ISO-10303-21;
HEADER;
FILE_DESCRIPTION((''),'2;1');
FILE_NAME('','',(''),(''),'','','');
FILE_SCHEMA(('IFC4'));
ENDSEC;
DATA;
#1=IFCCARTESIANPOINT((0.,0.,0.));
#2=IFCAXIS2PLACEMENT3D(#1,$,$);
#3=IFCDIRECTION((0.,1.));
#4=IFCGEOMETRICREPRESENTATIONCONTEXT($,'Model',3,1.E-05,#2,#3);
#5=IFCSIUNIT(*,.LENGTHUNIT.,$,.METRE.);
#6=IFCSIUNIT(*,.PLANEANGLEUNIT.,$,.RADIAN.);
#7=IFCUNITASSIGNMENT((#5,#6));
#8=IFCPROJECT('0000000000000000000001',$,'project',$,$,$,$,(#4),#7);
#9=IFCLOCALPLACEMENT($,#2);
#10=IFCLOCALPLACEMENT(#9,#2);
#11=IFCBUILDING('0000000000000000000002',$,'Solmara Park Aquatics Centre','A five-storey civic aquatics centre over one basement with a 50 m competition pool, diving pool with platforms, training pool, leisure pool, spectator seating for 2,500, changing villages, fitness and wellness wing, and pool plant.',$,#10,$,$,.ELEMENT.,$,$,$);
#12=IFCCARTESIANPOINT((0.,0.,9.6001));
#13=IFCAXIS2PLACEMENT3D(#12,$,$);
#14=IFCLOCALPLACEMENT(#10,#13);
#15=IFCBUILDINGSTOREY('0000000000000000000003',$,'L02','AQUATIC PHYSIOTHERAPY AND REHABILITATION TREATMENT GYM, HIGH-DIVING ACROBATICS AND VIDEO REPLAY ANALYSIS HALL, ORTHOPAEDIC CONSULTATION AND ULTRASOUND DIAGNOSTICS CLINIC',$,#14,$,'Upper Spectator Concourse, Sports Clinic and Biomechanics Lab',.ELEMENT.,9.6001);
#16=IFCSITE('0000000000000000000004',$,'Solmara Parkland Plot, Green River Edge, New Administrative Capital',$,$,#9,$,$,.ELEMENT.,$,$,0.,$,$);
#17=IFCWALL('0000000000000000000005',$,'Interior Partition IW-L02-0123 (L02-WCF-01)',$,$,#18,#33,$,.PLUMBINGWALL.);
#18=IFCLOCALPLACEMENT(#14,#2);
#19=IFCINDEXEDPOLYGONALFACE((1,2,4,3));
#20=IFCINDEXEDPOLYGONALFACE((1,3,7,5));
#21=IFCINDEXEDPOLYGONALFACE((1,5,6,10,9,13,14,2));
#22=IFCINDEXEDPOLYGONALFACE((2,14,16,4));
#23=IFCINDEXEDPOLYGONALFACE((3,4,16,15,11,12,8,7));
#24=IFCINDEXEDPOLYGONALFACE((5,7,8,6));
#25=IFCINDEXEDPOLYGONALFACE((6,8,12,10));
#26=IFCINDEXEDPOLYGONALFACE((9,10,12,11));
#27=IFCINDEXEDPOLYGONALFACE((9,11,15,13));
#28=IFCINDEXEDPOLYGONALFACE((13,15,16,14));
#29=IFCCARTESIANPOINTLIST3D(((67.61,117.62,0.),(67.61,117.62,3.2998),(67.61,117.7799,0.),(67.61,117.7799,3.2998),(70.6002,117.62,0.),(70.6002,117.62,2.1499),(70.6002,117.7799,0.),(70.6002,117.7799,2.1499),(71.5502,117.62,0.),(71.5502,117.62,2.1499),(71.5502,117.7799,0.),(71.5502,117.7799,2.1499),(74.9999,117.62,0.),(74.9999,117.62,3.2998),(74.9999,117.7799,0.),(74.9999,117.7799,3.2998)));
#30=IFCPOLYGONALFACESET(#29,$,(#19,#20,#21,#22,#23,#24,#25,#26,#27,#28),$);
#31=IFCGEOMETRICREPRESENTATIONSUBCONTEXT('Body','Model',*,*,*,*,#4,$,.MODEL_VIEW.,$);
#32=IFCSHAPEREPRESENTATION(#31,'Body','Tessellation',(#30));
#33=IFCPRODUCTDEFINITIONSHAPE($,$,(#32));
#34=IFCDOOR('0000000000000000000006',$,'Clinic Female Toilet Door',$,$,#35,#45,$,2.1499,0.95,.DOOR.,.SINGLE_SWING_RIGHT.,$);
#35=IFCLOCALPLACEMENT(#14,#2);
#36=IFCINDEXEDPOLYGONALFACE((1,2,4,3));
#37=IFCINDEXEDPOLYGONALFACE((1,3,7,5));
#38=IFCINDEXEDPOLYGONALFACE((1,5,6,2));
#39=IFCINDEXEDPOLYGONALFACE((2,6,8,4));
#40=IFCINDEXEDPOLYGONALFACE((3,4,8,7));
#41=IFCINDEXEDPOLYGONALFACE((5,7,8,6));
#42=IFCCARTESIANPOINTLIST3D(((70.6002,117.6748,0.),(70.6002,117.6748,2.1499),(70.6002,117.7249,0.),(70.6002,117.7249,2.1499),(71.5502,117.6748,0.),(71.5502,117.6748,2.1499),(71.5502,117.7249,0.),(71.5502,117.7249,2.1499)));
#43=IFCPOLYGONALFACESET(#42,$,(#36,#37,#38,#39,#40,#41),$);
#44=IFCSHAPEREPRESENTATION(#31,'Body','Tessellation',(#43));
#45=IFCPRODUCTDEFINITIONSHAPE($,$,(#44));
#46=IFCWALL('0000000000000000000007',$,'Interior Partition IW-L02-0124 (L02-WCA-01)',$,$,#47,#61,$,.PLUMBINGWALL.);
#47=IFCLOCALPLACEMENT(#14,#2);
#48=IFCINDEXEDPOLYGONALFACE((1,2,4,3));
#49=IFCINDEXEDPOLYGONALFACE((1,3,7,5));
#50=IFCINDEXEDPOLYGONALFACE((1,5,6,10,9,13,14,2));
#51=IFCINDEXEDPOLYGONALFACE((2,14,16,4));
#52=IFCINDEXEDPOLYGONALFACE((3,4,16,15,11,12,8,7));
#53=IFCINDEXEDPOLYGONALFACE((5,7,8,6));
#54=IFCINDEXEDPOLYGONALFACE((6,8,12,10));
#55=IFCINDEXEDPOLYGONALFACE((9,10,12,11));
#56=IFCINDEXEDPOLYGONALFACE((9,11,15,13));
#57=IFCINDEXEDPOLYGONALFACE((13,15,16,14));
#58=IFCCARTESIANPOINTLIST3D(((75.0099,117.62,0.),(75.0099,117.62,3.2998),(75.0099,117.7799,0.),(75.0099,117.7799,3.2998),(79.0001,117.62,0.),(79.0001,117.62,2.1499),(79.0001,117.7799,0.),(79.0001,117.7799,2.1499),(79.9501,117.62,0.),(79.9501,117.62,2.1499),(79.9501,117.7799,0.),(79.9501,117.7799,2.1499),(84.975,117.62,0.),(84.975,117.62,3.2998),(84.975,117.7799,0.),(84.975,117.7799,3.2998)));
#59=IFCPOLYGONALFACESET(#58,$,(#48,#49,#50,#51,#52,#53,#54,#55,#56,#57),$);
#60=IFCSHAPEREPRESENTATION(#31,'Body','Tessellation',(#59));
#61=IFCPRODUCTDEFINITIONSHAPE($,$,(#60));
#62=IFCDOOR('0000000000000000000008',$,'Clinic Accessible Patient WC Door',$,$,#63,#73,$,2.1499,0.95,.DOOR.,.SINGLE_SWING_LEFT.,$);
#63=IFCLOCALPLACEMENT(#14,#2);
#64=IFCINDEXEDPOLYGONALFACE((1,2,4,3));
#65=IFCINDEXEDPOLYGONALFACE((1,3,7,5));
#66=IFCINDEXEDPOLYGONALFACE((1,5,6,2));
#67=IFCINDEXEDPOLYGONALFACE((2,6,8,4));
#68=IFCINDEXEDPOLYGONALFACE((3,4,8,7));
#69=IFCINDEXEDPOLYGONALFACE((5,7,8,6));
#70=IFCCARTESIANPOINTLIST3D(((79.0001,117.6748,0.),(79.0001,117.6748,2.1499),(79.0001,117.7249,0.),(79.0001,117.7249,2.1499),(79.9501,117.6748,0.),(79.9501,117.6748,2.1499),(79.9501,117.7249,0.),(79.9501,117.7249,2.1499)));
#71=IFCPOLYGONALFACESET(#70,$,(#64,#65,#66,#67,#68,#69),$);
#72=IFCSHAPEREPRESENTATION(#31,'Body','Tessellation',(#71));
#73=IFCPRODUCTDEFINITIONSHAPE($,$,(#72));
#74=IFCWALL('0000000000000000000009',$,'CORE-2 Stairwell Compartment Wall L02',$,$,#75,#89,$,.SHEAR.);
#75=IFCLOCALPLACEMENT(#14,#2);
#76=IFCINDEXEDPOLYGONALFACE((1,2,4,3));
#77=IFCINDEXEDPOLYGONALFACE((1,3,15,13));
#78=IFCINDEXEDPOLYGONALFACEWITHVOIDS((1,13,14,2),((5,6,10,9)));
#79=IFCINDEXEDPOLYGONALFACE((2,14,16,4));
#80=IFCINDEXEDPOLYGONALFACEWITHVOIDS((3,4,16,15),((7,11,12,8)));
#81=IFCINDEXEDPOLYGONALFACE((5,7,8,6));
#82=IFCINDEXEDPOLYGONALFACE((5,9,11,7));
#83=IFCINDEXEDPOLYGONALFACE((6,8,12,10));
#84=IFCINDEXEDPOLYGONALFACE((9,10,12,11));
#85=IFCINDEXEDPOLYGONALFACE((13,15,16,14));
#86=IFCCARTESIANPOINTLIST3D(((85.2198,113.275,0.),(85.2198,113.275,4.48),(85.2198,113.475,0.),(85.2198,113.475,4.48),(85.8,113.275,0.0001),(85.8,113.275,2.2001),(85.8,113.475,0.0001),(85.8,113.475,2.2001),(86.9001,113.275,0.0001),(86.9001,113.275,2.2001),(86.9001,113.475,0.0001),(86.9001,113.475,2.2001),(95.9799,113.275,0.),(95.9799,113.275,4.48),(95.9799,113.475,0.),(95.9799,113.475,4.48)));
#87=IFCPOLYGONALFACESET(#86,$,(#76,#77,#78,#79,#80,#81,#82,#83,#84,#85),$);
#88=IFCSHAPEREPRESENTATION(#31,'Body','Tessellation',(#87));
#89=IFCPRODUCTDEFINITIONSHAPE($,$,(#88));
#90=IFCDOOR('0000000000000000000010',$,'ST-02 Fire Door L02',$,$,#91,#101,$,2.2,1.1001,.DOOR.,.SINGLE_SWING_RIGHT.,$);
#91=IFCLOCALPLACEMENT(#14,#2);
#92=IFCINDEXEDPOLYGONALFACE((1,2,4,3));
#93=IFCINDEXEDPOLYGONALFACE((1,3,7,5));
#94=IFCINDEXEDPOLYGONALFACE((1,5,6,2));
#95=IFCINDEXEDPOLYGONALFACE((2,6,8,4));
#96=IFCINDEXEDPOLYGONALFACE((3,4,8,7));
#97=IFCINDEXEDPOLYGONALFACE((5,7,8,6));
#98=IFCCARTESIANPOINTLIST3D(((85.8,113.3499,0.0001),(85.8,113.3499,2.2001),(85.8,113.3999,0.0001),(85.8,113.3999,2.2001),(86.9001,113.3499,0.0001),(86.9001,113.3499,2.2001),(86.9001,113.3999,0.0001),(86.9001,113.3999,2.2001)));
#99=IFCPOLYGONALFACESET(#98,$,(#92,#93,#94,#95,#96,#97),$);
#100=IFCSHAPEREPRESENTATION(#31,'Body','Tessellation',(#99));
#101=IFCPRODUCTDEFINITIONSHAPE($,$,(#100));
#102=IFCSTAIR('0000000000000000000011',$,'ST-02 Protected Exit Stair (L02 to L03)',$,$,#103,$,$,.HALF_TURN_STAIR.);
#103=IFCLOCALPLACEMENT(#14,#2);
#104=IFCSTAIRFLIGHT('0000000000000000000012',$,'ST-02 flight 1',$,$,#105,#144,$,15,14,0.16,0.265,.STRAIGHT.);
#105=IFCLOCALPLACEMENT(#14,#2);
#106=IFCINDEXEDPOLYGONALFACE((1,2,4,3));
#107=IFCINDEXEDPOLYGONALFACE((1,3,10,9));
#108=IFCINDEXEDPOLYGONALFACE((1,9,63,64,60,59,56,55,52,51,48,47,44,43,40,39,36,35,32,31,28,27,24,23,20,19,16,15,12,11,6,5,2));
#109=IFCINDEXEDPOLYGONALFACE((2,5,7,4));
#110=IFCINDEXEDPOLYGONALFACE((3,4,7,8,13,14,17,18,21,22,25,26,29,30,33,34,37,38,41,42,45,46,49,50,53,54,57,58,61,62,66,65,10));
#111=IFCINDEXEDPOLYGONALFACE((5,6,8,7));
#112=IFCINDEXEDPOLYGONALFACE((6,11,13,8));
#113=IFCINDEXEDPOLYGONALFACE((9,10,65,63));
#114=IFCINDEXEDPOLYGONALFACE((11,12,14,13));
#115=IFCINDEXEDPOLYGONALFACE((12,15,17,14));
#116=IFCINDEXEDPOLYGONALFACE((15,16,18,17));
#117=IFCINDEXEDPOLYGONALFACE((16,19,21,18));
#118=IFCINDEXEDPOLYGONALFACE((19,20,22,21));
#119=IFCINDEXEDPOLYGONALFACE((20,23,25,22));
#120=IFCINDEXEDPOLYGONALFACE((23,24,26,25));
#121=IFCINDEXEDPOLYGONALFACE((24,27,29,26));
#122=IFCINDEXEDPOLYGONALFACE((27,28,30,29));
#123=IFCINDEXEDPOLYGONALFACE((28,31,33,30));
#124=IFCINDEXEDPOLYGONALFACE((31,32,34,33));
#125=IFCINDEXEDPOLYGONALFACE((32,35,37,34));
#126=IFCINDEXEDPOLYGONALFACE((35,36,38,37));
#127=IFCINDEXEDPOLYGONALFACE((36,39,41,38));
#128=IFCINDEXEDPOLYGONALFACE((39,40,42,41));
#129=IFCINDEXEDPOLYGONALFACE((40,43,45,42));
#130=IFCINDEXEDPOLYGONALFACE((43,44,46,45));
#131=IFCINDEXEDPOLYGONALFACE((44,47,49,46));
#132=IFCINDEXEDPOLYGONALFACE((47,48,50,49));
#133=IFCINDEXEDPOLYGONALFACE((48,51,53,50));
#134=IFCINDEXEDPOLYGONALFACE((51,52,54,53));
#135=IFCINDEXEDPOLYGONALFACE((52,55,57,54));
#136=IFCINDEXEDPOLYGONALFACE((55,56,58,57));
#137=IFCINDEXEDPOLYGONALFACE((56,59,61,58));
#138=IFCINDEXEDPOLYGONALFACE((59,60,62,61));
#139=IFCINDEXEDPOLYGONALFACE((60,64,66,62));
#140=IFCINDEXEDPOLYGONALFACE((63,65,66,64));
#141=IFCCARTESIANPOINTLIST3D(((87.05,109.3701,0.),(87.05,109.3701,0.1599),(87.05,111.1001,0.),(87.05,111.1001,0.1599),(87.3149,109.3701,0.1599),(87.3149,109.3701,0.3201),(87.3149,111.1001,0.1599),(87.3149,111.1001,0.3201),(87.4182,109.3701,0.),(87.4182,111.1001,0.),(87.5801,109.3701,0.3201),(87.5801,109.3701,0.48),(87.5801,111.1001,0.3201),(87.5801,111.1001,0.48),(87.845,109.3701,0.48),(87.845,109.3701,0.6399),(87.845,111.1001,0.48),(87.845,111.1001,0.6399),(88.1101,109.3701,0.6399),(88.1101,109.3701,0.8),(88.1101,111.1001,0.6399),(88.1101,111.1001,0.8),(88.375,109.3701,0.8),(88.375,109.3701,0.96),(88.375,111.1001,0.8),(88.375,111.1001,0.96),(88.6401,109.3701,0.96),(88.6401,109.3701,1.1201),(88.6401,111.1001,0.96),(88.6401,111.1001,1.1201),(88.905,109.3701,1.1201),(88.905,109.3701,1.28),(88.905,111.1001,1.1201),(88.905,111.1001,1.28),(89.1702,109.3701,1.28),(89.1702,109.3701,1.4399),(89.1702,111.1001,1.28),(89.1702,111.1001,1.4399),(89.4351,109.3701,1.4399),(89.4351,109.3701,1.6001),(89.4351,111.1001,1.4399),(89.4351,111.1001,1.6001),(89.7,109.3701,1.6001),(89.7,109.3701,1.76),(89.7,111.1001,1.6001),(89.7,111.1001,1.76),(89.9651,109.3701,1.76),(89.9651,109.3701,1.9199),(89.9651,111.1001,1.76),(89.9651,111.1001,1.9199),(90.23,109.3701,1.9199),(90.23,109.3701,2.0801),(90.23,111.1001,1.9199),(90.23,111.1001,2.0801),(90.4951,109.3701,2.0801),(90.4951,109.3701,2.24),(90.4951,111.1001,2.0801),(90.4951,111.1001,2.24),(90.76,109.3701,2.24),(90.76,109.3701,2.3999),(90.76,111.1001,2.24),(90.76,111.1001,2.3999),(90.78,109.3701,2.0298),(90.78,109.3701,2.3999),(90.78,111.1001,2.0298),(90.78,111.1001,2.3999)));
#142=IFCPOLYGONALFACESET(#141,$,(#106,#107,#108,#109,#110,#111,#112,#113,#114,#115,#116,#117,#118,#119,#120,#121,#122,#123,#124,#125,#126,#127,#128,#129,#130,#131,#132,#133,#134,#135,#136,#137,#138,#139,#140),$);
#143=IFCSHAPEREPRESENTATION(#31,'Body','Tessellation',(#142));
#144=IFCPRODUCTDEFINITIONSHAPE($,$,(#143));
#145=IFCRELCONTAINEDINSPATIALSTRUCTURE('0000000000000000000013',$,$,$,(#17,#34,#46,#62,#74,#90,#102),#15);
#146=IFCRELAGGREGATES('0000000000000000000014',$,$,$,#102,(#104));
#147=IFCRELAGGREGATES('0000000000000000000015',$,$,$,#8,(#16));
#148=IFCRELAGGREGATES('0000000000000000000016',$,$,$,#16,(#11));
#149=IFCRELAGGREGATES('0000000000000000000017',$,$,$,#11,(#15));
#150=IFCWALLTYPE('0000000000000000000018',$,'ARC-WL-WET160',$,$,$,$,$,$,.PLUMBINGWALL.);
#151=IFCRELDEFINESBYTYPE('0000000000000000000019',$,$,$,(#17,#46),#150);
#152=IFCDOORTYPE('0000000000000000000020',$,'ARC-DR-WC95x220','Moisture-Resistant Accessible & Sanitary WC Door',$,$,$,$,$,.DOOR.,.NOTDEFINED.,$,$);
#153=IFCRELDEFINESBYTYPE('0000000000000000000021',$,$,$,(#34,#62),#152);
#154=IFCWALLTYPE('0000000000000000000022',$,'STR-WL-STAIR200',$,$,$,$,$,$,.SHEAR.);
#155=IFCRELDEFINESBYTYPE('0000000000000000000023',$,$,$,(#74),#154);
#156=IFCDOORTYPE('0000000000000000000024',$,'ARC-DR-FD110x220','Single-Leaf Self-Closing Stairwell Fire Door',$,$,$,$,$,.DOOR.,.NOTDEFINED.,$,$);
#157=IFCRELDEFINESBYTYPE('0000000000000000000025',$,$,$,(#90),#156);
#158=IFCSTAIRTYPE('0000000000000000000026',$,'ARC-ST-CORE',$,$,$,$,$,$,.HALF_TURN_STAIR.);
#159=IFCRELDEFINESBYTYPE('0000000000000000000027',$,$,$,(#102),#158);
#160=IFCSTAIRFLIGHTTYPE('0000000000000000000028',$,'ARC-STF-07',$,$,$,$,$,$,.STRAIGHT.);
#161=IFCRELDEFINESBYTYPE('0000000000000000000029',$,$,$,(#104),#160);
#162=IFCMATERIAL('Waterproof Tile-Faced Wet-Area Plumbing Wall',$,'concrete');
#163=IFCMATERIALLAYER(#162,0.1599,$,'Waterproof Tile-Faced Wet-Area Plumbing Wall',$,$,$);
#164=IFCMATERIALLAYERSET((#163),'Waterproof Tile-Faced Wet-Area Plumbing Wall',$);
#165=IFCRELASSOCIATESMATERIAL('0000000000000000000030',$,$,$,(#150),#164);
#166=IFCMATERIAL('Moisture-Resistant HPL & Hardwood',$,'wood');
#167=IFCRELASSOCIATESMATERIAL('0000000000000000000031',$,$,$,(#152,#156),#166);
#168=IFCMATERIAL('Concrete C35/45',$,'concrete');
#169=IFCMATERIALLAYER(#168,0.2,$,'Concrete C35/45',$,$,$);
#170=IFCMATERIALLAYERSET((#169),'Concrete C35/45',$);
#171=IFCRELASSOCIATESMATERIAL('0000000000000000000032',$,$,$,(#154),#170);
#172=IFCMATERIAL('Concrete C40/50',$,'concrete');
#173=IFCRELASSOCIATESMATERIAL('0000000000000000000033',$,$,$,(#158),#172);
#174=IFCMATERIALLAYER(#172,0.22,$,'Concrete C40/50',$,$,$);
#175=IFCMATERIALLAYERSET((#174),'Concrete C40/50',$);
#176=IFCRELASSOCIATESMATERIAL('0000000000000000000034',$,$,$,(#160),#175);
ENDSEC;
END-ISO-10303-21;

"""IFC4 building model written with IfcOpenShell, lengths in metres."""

from ifc_helpers import new_model, si_unit, direction, frame, frame_2d, origin, place, context, subcontext, project, spatial, polyline, rectangle, outline, extrude, material, layer, layer_set, type_object, element, fill, aggregate, save


model = new_model("IFC4")

# Units and contexts
model_context = context("Model", 3, precision=1e-05, world=origin(), true_north=direction((0.0, 1.0)))
body_context = subcontext(model_context, "Body", "Model", "MODEL_VIEW")
ifc_project = project(units=[si_unit("LENGTHUNIT", "METRE"), si_unit("PLANEANGLEUNIT", "RADIAN")], contexts=[model_context])

# Site, building, storey
site_placement = place(None, origin())
site = spatial("IfcSite", under=ifc_project, at=site_placement, Name="Solmara Parkland Plot, Green River Edge, New Administrative Capital", CompositionType="ELEMENT", RefElevation=0.0)
building_placement = place(site_placement, origin())
building = spatial("IfcBuilding", under=site, at=building_placement, Name="Solmara Park Aquatics Centre", Description="A five-storey civic aquatics centre over one basement with a 50 m competition pool, diving pool with platforms, training pool, leisure pool, spectator seating for 2,500, changing villages, fitness and wellness wing, and pool plant.", CompositionType="ELEMENT")
storey_placement = place(building_placement, frame((0.0, 0.0, 9.6001)))
storey = spatial("IfcBuildingStorey", under=building, at=storey_placement, Name="L02", Description="AQUATIC PHYSIOTHERAPY AND REHABILITATION TREATMENT GYM, HIGH-DIVING ACROBATICS AND VIDEO REPLAY ANALYSIS HALL, ORTHOPAEDIC CONSULTATION AND ULTRASOUND DIAGNOSTICS CLINIC", LongName="Upper Spectator Concourse, Sports Clinic and Biomechanics Lab", CompositionType="ELEMENT", Elevation=9.6001)

# Walls, openings, doors
ifc_material_1 = material(Name="Concrete C40/50", Category="concrete")
ifc_material_2 = material(Name="Moisture-Resistant HPL & Hardwood", Category="wood")
ifc_material_3 = material(Name="Waterproof Tile-Faced Wet-Area Plumbing Wall", Category="concrete")
ifc_layer_1 = layer(ifc_material_3, 0.1599, Name="Waterproof Tile-Faced Wet-Area Plumbing Wall")
ifc_layer_set_1 = layer_set([ifc_layer_1], Name="Waterproof Tile-Faced Wet-Area Plumbing Wall")
wall_type_1 = type_object("IfcWallType", Name="ARC-WL-WET160", PredefinedType="PLUMBINGWALL", material=ifc_layer_set_1)
wall_1_placement = place(storey_placement, frame((67.6101, 117.7, 0.0), z_axis=(0.0, 0.0, 1.0), x_axis=(1.0, 0.0, 0.0)))
wall_1 = element("IfcWall", 1, at=wall_1_placement, inside=storey, type_object=wall_type_1, Name="Interior Partition IW-L02-0123 (L02-WCF-01)", PredefinedType="PLUMBINGWALL", context=body_context, shape_type="SweptSolid", body=[
    extrude(rectangle(XDim=7.3899, YDim=0.1599, at=frame_2d((3.6948, 0.0))), origin(), (0.0, 0.0, 1.0), 3.2998),
])
opening_1_placement = place(wall_1_placement, frame((2.99, 0.0, 0.0)))
opening_1 = element("IfcOpeningElement", 2, at=opening_1_placement, cuts=wall_1, PredefinedType="OPENING", context=body_context, shape_type="SweptSolid", body=[
    extrude(rectangle(XDim=0.95, YDim=2.1499, at=frame_2d((0.4751, 1.075))), frame((0.0, 0.0898, 0.0), z_axis=(0.0, -1.0, 0.0), x_axis=(1.0, 0.0, 0.0)), (0.0, 0.0, 1.0), 0.1799),
])
door_type_1 = type_object("IfcDoorType", Name="ARC-DR-WC95x220", Description="Moisture-Resistant Accessible & Sanitary WC Door", OperationType="NOTDEFINED", PredefinedType="DOOR", material=ifc_material_2)
door_1_placement = place(opening_1_placement, origin())
door_1 = element("IfcDoor", 3, at=door_1_placement, inside=storey, type_object=door_type_1, Name="Clinic Female Toilet Door", OperationType="SINGLE_SWING_RIGHT", OverallHeight=2.1499, OverallWidth=0.95, PredefinedType="DOOR", context=body_context, shape_type="SweptSolid", body=[
    extrude(rectangle(XDim=0.95, YDim=2.1499, at=frame_2d((0.4751, 1.075))), frame((0.0, 0.0249, 0.0), z_axis=(0.0, -1.0, 0.0), x_axis=(1.0, 0.0, 0.0)), (0.0, 0.0, 1.0), 0.05),
])
fill(opening_1, door_1)
wall_2_placement = place(storey_placement, frame((75.01, 117.7, 0.0), z_axis=(0.0, 0.0, 1.0), x_axis=(1.0, 0.0, 0.0)))
wall_2 = element("IfcWall", 4, at=wall_2_placement, inside=storey, type_object=wall_type_1, Name="Interior Partition IW-L02-0124 (L02-WCA-01)", PredefinedType="PLUMBINGWALL", context=body_context, shape_type="SweptSolid", body=[
    extrude(rectangle(XDim=9.9651, YDim=0.1599, at=frame_2d((4.9824, 0.0))), origin(), (0.0, 0.0, 1.0), 3.2998),
])
opening_2_placement = place(wall_2_placement, frame((3.99, 0.0, 0.0)))
opening_2 = element("IfcOpeningElement", 5, at=opening_2_placement, cuts=wall_2, PredefinedType="OPENING", context=body_context, shape_type="SweptSolid", body=[
    extrude(rectangle(XDim=0.95, YDim=2.1499, at=frame_2d((0.4751, 1.075))), frame((0.0, 0.0898, 0.0), z_axis=(0.0, -1.0, 0.0), x_axis=(1.0, 0.0, 0.0)), (0.0, 0.0, 1.0), 0.1799),
])
door_2_placement = place(opening_2_placement, origin())
door_2 = element("IfcDoor", 6, at=door_2_placement, inside=storey, type_object=door_type_1, Name="Clinic Accessible Patient WC Door", OperationType="SINGLE_SWING_LEFT", OverallHeight=2.1499, OverallWidth=0.95, PredefinedType="DOOR", context=body_context, shape_type="SweptSolid", body=[
    extrude(rectangle(XDim=0.95, YDim=2.1499, at=frame_2d((0.4751, 1.075))), frame((0.0, 0.0249, 0.0), z_axis=(0.0, -1.0, 0.0), x_axis=(1.0, 0.0, 0.0)), (0.0, 0.0, 1.0), 0.05),
])
fill(opening_2, door_2)
ifc_material_4 = material(Name="Concrete C35/45", Category="concrete")
ifc_layer_2 = layer(ifc_material_4, 0.2, Name="Concrete C35/45")
ifc_layer_set_2 = layer_set([ifc_layer_2], Name="Concrete C35/45")
wall_type_2 = type_object("IfcWallType", Name="STR-WL-STAIR200", PredefinedType="SHEAR", material=ifc_layer_set_2)
wall_3_placement = place(storey_placement, frame((85.22, 113.375, 0.0), z_axis=(0.0, 0.0, 1.0), x_axis=(1.0, 0.0, 0.0)))
wall_3 = element("IfcWall", 7, at=wall_3_placement, inside=storey, type_object=wall_type_2, Name="CORE-2 Stairwell Compartment Wall L02", PredefinedType="SHEAR", context=body_context, shape_type="SweptSolid", body=[
    extrude(rectangle(XDim=10.76, YDim=0.2, at=frame_2d((5.3799, 0.0))), origin(), (0.0, 0.0, 1.0), 4.48),
])
opening_3_placement = place(wall_3_placement, frame((0.5801, 0.0, 0.0)))
opening_3 = element("IfcOpeningElement", 8, at=opening_3_placement, cuts=wall_3, PredefinedType="OPENING", context=body_context, shape_type="SweptSolid", body=[
    extrude(rectangle(XDim=1.1001, YDim=2.2, at=frame_2d((0.55, 1.1001))), frame((0.0, 0.1099, 0.0), z_axis=(0.0, -1.0, 0.0), x_axis=(1.0, 0.0, 0.0)), (0.0, 0.0, 1.0), 0.22),
])
door_type_2 = type_object("IfcDoorType", Name="ARC-DR-FD110x220", Description="Single-Leaf Self-Closing Stairwell Fire Door", OperationType="NOTDEFINED", PredefinedType="DOOR", material=ifc_material_2)
door_3_placement = place(opening_3_placement, origin())
door_3 = element("IfcDoor", 9, at=door_3_placement, inside=storey, type_object=door_type_2, Name="ST-02 Fire Door L02", OperationType="SINGLE_SWING_RIGHT", OverallHeight=2.2, OverallWidth=1.1001, PredefinedType="DOOR", context=body_context, shape_type="SweptSolid", body=[
    extrude(rectangle(XDim=1.1001, YDim=2.2, at=frame_2d((0.55, 1.1001))), frame((0.0, 0.0249, 0.0), z_axis=(0.0, -1.0, 0.0), x_axis=(1.0, 0.0, 0.0)), (0.0, 0.0, 1.0), 0.05),
])
fill(opening_3, door_3)

# Stair, stair flight
stair_type = type_object("IfcStairType", Name="ARC-ST-CORE", PredefinedType="HALF_TURN_STAIR", material=ifc_material_1)
stair_placement = place(storey_placement, origin())
stair = element("IfcStair", 10, at=stair_placement, inside=storey, type_object=stair_type, Name="ST-02 Protected Exit Stair (L02 to L03)", PredefinedType="HALF_TURN_STAIR")
ifc_layer_3 = layer(ifc_material_1, 0.22, Name="Concrete C40/50")
ifc_layer_set_3 = layer_set([ifc_layer_3], Name="Concrete C40/50")
stair_flight_type = type_object("IfcStairFlightType", Name="ARC-STF-07", PredefinedType="STRAIGHT", material=ifc_layer_set_3)
stair_flight_placement = place(storey_placement, frame((87.05, 110.2351, 0.0), z_axis=(0.0, 0.0, 1.0), x_axis=(1.0, 0.0, 0.0)))
stair_flight = element("IfcStairFlight", 11, at=stair_flight_placement, type_object=stair_flight_type, Name="ST-02 flight 1", NumberOfRisers=15, NumberOfTreads=14, PredefinedType="STRAIGHT", RiserHeight=0.16, TreadLength=0.265, context=body_context, shape_type="SweptSolid", body=[
    extrude(outline(polyline([(0.0, 0.0), (0.0, 0.1599), (0.2649, 0.1599), (0.2649, 0.3201), (0.53, 0.3201), (0.53, 0.48), (0.7949, 0.48), (0.7949, 0.6399), (1.0601, 0.6399), (1.0601, 0.8), (1.325, 0.8), (1.325, 0.96), (1.5901, 0.96), (1.5901, 1.1201), (1.855, 1.1201), (1.855, 1.28), (2.1201, 1.28), (2.1201, 1.4399), (2.385, 1.4399), (2.385, 1.6001), (2.6499, 1.6001), (2.6499, 1.76), (2.915, 1.76), (2.915, 1.9199), (3.1799, 1.9199), (3.1799, 2.0801), (3.4451, 2.0801), (3.4451, 2.24), (3.71, 2.24), (3.71, 2.3999), (3.73, 2.3999), (3.73, 2.0298), (0.3682, 0.0), (0.0, 0.0)])), frame((0.0, 0.865, 0.0), z_axis=(0.0, -1.0, 0.0), x_axis=(1.0, 0.0, 0.0)), (0.0, 0.0, 1.0), 1.73),
])
aggregate(stair, [stair_flight])

save(model, "model.ifc")
